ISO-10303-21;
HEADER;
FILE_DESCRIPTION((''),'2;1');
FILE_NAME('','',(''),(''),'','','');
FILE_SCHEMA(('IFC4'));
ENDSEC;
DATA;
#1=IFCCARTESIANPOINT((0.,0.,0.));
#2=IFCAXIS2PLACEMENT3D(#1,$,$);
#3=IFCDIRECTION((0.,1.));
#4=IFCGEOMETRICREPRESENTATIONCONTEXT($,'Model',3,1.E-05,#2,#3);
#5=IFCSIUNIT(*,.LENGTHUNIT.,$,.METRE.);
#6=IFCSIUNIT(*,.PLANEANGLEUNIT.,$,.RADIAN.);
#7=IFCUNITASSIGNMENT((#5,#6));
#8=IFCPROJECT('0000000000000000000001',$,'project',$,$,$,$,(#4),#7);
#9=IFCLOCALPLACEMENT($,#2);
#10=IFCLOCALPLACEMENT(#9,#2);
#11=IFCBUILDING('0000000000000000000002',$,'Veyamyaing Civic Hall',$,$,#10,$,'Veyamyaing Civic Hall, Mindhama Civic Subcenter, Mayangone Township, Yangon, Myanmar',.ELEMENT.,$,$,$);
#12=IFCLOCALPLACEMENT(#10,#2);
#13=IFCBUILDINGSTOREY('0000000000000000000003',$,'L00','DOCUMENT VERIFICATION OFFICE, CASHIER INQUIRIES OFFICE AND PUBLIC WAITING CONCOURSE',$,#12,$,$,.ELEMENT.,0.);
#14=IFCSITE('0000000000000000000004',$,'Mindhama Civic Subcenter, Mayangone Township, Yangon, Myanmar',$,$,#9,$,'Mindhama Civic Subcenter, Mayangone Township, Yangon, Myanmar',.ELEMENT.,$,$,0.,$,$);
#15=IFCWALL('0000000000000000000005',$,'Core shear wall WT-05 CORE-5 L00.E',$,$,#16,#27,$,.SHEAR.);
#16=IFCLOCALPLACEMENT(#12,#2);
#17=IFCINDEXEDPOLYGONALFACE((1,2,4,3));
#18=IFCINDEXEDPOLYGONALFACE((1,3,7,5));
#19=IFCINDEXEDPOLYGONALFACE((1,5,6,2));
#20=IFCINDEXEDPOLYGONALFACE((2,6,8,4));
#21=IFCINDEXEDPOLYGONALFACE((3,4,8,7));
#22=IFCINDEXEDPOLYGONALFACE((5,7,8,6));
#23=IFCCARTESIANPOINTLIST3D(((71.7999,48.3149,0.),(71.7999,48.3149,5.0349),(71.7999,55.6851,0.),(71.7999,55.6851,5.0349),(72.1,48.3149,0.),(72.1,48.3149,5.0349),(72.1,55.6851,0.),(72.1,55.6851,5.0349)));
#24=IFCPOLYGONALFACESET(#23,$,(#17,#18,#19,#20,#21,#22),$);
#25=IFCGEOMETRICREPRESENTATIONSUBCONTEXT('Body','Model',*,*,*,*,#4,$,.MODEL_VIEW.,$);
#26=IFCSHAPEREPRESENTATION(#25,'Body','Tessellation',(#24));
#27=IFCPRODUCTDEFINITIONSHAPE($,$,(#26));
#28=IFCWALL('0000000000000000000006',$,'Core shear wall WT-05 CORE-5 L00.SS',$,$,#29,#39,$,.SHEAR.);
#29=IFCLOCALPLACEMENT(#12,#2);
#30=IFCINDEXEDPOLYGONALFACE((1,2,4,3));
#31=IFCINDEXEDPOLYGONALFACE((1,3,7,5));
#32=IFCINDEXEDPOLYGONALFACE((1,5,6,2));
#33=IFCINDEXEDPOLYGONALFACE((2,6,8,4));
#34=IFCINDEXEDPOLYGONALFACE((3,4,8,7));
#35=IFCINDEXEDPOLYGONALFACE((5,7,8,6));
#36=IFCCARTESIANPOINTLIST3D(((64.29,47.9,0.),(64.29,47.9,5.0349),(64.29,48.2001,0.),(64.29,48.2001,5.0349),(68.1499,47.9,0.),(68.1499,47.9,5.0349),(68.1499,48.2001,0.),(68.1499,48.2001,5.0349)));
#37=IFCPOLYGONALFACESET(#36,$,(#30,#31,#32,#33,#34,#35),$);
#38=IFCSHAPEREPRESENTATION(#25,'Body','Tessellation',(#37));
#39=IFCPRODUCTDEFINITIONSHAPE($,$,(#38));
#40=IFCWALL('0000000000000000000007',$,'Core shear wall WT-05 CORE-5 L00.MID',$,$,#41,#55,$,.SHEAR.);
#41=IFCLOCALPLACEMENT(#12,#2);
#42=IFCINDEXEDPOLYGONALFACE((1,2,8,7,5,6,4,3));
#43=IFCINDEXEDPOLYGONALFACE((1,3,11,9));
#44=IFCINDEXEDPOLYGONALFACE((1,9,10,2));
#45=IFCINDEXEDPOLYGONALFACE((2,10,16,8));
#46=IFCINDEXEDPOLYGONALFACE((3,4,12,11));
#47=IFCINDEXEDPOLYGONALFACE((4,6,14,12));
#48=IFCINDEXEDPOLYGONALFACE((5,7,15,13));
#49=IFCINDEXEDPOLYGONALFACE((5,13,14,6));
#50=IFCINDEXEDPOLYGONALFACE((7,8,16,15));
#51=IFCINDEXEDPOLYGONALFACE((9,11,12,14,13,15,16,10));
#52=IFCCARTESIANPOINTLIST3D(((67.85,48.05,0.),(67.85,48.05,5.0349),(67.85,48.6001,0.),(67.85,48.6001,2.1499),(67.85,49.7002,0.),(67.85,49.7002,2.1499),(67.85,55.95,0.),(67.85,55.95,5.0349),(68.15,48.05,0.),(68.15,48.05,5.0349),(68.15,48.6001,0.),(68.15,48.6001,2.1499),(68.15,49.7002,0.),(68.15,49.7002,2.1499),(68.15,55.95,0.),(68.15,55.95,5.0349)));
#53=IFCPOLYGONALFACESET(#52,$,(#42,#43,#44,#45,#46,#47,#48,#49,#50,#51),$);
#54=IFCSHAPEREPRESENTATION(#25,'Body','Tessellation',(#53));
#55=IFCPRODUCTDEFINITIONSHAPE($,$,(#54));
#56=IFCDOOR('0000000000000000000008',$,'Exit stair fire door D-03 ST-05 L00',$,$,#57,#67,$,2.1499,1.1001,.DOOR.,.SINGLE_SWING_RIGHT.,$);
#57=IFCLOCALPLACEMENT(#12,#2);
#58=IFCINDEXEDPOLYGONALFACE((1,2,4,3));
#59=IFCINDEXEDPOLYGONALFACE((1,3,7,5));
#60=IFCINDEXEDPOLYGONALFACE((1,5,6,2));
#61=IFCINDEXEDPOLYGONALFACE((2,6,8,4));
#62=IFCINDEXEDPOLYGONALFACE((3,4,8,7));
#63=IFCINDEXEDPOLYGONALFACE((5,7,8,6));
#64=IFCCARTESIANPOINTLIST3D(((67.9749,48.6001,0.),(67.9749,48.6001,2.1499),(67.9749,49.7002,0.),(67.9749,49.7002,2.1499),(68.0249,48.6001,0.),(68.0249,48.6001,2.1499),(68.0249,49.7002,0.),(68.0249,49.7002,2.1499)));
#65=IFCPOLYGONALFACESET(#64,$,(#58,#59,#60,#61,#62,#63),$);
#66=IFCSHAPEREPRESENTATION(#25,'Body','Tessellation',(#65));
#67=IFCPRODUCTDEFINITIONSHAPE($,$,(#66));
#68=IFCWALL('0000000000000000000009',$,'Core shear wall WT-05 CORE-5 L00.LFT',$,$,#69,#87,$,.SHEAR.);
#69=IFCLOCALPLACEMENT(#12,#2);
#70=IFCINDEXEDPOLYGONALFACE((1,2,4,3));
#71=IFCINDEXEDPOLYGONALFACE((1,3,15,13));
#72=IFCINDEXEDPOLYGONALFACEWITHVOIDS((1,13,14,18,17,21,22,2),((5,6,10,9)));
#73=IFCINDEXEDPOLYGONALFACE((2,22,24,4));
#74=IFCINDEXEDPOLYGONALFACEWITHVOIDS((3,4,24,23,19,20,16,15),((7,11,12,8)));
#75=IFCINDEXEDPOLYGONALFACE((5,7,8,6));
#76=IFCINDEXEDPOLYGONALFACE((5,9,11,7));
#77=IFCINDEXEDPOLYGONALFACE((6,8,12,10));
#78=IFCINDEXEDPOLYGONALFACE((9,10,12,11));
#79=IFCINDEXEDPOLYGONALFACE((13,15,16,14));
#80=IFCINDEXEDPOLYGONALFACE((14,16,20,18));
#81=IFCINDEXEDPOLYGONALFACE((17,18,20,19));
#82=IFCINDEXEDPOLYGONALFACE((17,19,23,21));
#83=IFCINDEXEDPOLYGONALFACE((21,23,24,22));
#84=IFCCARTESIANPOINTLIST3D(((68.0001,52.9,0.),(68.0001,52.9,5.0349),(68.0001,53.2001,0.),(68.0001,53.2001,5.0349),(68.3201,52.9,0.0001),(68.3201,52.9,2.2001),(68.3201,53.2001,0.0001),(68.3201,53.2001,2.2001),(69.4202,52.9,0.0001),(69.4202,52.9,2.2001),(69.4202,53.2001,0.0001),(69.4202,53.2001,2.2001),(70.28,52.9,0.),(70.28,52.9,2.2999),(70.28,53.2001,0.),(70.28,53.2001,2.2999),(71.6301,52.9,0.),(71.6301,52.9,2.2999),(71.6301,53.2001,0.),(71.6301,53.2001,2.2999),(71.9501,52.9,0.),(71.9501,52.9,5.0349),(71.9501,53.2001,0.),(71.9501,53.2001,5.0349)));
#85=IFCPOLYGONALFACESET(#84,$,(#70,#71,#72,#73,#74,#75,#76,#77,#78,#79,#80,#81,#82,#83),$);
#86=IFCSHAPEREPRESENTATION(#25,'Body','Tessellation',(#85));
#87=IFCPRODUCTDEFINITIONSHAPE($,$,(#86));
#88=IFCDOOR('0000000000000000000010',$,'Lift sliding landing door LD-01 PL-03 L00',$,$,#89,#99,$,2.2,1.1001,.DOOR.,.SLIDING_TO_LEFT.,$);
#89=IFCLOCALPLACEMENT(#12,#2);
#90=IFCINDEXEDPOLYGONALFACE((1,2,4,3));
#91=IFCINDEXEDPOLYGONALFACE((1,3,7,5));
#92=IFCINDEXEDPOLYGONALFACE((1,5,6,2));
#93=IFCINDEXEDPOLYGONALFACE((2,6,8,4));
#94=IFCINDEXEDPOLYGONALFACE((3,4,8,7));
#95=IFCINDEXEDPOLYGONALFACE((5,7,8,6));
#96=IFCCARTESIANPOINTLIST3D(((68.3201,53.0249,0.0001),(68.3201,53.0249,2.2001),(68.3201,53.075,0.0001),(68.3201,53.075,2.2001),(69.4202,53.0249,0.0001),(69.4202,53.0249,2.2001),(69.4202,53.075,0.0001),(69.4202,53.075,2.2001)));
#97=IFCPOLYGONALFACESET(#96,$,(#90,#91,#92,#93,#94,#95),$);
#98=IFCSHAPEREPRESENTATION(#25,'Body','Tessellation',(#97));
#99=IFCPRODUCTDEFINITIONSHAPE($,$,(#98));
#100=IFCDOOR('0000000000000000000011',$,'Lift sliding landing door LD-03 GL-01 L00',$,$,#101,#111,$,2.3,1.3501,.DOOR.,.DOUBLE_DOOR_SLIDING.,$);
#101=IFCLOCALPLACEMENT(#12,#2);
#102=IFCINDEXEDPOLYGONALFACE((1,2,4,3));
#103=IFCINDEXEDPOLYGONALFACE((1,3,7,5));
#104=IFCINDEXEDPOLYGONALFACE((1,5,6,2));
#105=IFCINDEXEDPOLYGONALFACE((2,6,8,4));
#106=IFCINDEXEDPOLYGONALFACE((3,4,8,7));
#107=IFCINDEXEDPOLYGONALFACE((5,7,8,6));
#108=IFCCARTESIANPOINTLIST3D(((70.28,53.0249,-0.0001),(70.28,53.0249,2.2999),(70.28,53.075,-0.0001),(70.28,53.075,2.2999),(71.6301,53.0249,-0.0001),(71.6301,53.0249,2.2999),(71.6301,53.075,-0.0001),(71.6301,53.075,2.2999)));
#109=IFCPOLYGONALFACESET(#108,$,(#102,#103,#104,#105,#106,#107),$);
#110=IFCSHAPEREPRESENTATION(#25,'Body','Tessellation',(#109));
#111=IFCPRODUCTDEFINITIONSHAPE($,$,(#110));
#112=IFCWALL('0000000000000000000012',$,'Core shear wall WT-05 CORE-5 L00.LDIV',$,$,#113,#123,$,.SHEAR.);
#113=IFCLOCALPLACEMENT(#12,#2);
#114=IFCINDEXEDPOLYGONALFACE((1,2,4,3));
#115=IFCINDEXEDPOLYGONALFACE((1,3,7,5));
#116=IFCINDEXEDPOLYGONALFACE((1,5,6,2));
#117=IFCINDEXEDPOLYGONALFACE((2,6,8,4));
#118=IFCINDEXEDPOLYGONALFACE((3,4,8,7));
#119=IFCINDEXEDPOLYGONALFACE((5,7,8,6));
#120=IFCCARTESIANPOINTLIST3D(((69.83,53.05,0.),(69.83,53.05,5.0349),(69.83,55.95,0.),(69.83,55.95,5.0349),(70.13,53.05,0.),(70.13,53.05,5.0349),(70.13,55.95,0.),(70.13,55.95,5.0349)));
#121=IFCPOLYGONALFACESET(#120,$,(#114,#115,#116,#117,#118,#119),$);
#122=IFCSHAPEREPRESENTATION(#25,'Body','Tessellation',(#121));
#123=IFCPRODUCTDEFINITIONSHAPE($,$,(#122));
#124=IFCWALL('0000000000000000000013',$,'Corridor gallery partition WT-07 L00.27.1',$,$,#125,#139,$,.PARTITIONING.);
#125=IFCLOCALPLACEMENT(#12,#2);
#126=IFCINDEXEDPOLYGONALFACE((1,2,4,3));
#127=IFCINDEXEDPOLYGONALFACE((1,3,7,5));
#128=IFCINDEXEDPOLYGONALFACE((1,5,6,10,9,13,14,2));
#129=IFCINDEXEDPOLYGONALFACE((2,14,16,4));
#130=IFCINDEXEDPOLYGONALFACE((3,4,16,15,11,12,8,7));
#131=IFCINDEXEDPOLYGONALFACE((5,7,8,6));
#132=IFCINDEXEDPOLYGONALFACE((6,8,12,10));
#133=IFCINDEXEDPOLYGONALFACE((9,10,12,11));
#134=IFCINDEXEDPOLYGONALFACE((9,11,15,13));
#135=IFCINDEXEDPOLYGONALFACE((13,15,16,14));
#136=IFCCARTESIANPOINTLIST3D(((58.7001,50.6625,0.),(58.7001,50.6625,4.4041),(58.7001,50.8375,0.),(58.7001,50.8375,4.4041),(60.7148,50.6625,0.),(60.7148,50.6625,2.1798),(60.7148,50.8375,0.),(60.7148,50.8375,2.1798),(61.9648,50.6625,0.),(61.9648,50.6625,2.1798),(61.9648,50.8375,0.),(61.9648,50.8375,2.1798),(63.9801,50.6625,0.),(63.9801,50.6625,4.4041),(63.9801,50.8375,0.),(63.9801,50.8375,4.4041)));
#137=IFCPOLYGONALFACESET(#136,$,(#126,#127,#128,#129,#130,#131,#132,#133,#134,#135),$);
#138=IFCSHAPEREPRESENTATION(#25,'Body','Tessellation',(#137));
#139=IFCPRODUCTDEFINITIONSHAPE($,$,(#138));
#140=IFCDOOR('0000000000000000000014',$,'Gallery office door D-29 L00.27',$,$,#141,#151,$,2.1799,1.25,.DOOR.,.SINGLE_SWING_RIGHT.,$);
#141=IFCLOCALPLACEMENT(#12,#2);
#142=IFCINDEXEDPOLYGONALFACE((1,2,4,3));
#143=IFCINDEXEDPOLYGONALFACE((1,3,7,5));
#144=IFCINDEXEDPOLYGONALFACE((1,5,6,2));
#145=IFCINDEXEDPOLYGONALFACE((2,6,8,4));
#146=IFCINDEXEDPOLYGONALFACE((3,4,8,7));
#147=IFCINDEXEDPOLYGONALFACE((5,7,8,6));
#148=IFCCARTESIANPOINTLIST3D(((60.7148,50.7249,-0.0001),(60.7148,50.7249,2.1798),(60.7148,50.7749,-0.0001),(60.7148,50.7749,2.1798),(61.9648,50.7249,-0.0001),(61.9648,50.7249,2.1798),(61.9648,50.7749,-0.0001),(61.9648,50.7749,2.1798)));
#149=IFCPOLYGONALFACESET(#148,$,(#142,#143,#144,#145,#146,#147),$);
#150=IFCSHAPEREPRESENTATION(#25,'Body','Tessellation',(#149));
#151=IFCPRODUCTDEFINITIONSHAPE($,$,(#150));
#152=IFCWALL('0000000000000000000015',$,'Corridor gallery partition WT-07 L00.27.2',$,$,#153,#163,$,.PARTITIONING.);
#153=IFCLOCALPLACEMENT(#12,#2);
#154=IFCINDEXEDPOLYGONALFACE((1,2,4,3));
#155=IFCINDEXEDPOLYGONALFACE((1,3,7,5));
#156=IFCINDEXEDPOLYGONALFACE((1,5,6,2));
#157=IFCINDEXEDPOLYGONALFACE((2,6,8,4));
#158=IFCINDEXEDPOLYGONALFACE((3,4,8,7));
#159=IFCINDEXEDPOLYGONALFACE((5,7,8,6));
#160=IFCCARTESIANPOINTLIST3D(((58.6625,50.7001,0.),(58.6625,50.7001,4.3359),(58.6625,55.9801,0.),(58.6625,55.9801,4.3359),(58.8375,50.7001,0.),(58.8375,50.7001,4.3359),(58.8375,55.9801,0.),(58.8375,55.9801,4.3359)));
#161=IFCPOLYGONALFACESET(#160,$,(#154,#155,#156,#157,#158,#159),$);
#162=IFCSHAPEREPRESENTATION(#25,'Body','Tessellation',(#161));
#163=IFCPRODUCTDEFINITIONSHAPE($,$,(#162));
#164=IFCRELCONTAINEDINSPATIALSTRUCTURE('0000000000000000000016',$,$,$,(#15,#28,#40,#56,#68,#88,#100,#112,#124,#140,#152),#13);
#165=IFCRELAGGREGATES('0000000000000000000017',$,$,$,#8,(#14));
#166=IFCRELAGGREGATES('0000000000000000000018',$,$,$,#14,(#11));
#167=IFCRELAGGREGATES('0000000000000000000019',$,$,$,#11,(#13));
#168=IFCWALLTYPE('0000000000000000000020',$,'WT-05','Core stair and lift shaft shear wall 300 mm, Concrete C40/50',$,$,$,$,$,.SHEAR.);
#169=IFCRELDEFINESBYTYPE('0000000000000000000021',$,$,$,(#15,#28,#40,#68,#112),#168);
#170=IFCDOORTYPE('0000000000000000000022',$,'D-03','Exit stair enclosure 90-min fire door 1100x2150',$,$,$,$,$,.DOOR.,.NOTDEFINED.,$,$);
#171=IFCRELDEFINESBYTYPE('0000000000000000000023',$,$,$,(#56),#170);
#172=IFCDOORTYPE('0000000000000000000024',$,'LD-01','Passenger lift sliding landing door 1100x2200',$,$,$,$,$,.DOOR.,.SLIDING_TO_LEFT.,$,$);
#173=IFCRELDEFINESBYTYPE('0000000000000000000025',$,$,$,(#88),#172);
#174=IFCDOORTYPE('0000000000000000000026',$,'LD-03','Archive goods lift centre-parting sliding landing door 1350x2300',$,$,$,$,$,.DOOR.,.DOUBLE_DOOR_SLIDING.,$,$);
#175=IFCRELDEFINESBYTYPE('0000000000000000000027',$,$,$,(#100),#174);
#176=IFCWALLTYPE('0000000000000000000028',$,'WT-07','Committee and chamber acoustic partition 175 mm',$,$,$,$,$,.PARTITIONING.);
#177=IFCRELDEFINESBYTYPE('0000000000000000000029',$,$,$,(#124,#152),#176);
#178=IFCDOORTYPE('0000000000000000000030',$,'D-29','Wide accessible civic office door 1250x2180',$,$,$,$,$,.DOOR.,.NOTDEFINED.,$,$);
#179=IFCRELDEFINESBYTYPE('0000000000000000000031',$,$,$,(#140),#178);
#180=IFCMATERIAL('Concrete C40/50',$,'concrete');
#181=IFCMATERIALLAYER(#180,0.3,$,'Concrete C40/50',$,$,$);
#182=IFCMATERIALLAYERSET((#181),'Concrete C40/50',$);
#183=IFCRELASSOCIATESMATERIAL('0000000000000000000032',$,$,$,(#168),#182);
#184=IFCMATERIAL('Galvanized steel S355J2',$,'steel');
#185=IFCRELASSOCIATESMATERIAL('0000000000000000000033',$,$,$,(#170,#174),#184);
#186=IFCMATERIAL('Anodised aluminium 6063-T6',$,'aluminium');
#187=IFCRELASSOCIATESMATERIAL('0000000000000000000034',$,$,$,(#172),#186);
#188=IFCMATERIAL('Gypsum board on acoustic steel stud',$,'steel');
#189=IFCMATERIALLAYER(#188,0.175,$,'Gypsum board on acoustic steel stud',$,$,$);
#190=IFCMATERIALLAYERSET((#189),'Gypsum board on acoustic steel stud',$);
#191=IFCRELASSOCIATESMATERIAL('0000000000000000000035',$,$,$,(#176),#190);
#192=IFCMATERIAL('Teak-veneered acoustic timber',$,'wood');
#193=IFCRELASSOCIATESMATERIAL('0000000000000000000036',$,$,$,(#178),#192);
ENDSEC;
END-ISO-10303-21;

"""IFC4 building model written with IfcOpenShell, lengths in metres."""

from ifc_helpers import new_model, si_unit, direction, frame, frame_2d, origin, place, context, subcontext, project, spatial, rectangle, extrude, material, layer, layer_set, type_object, element, fill, save


model = new_model("IFC4")

# Units and contexts
model_context = context("Model", 3, precision=1e-05, world=origin(), true_north=direction((0.0, 1.0)))
body_context = subcontext(model_context, "Body", "Model", "MODEL_VIEW")
ifc_project = project(units=[si_unit("LENGTHUNIT", "METRE"), si_unit("PLANEANGLEUNIT", "RADIAN")], contexts=[model_context])

# Site, building, storey
site_placement = place(None, origin())
site = spatial("IfcSite", under=ifc_project, at=site_placement, Name="Mindhama Civic Subcenter, Mayangone Township, Yangon, Myanmar", LongName="Mindhama Civic Subcenter, Mayangone Township, Yangon, Myanmar", CompositionType="ELEMENT", RefElevation=0.0)
building_placement = place(site_placement, origin())
building = spatial("IfcBuilding", under=site, at=building_placement, Name="Veyamyaing Civic Hall", LongName="Veyamyaing Civic Hall, Mindhama Civic Subcenter, Mayangone Township, Yangon, Myanmar", CompositionType="ELEMENT")
storey_placement = place(building_placement, origin())
storey = spatial("IfcBuildingStorey", under=building, at=storey_placement, Name="L00", Description="DOCUMENT VERIFICATION OFFICE, CASHIER INQUIRIES OFFICE AND PUBLIC WAITING CONCOURSE", CompositionType="ELEMENT", Elevation=0.0)

# Walls
ifc_material_1 = material(Name="Concrete C40/50", Category="concrete")
ifc_layer_1 = layer(ifc_material_1, 0.3, Name="Concrete C40/50")
ifc_layer_set_1 = layer_set([ifc_layer_1], Name="Concrete C40/50")
wall_type_1 = type_object("IfcWallType", Name="WT-05", Description="Core stair and lift shaft shear wall 300 mm, Concrete C40/50", PredefinedType="SHEAR", material=ifc_layer_set_1)
wall_1_placement = place(storey_placement, frame((71.95, 48.3149, 0.0), z_axis=(0.0, 0.0, 1.0), x_axis=(0.0, 1.0, 0.0)))
element("IfcWall", 1, at=wall_1_placement, inside=storey, type_object=wall_type_1, Name="Core shear wall WT-05 CORE-5 L00.E", PredefinedType="SHEAR", context=body_context, shape_type="SweptSolid", body=[
    extrude(rectangle(XDim=7.3701, YDim=0.3, at=frame_2d((3.6851, 0.0))), origin(), (0.0, 0.0, 1.0), 5.0349),
])
wall_2_placement = place(storey_placement, frame((64.29, 48.05, 0.0), z_axis=(0.0, 0.0, 1.0), x_axis=(1.0, 0.0, 0.0)))
element("IfcWall", 2, at=wall_2_placement, inside=storey, type_object=wall_type_1, Name="Core shear wall WT-05 CORE-5 L00.SS", PredefinedType="SHEAR", context=body_context, shape_type="SweptSolid", body=[
    extrude(rectangle(XDim=3.8599, YDim=0.3, at=frame_2d((1.9299, 0.0))), origin(), (0.0, 0.0, 1.0), 5.0349),
])

# Wall, opening, door
wall_3_placement = place(storey_placement, frame((68.0, 48.05, 0.0), z_axis=(0.0, 0.0, 1.0), x_axis=(0.0, 1.0, 0.0)))
wall_3 = element("IfcWall", 3, at=wall_3_placement, inside=storey, type_object=wall_type_1, Name="Core shear wall WT-05 CORE-5 L00.MID", PredefinedType="SHEAR", context=body_context, shape_type="SweptSolid", body=[
    extrude(rectangle(XDim=7.8999, YDim=0.3, at=frame_2d((3.95, 0.0))), origin(), (0.0, 0.0, 1.0), 5.0349),
])
opening_1_placement = place(wall_3_placement, frame((0.55, 0.0, 0.0)))
opening_1 = element("IfcOpeningElement", 4, at=opening_1_placement, cuts=wall_3, PredefinedType="OPENING", context=body_context, shape_type="SweptSolid", body=[
    extrude(rectangle(XDim=1.1001, YDim=2.1499, at=frame_2d((0.55, 1.075))), frame((0.0, 0.1599, 0.0), z_axis=(0.0, -1.0, 0.0), x_axis=(1.0, 0.0, 0.0)), (0.0, 0.0, 1.0), 0.3201),
])
ifc_material_2 = material(Name="Galvanized steel S355J2", Category="steel")
door_type_1 = type_object("IfcDoorType", Name="D-03", Description="Exit stair enclosure 90-min fire door 1100x2150", OperationType="NOTDEFINED", PredefinedType="DOOR", material=ifc_material_2)
door_1_placement = place(opening_1_placement, frame((1.1001, 0.0, 0.0), z_axis=(0.0, 0.0, 1.0), x_axis=(-1.0, 0.0, 0.0)))
door_1 = element("IfcDoor", 5, at=door_1_placement, inside=storey, type_object=door_type_1, Name="Exit stair fire door D-03 ST-05 L00", OperationType="SINGLE_SWING_RIGHT", OverallHeight=2.1499, OverallWidth=1.1001, PredefinedType="DOOR", context=body_context, shape_type="SweptSolid", body=[
    extrude(rectangle(XDim=1.1001, YDim=2.1499, at=frame_2d((0.55, 1.075))), frame((0.0, 0.0249, 0.0), z_axis=(0.0, -1.0, 0.0), x_axis=(1.0, 0.0, 0.0)), (0.0, 0.0, 1.0), 0.05),
])
fill(opening_1, door_1)

# Wall, openings, doors
wall_4_placement = place(storey_placement, frame((68.0, 53.05, 0.0), z_axis=(0.0, 0.0, 1.0), x_axis=(1.0, 0.0, 0.0)))
wall_4 = element("IfcWall", 6, at=wall_4_placement, inside=storey, type_object=wall_type_1, Name="Core shear wall WT-05 CORE-5 L00.LFT", PredefinedType="SHEAR", context=body_context, shape_type="SweptSolid", body=[
    extrude(rectangle(XDim=3.95, YDim=0.3, at=frame_2d((1.9751, 0.0))), origin(), (0.0, 0.0, 1.0), 5.0349),
])
opening_2_placement = place(wall_4_placement, frame((0.3201, 0.0, 0.0)))
opening_2 = element("IfcOpeningElement", 7, at=opening_2_placement, cuts=wall_4, PredefinedType="OPENING", context=body_context, shape_type="SweptSolid", body=[
    extrude(rectangle(XDim=1.1001, YDim=2.2, at=frame_2d((0.55, 1.1001))), frame((0.0, 0.1599, 0.0), z_axis=(0.0, -1.0, 0.0), x_axis=(1.0, 0.0, 0.0)), (0.0, 0.0, 1.0), 0.3201),
])
opening_3_placement = place(wall_4_placement, frame((2.28, 0.0, 0.0)))
opening_3 = element("IfcOpeningElement", 8, at=opening_3_placement, cuts=wall_4, PredefinedType="OPENING", context=body_context, shape_type="SweptSolid", body=[
    extrude(rectangle(XDim=1.3501, YDim=2.3, at=frame_2d((0.675, 1.1499))), frame((0.0, 0.1599, 0.0), z_axis=(0.0, -1.0, 0.0), x_axis=(1.0, 0.0, 0.0)), (0.0, 0.0, 1.0), 0.3201),
])
ifc_material_3 = material(Name="Anodised aluminium 6063-T6", Category="aluminium")
door_type_2 = type_object("IfcDoorType", Name="LD-01", Description="Passenger lift sliding landing door 1100x2200", OperationType="SLIDING_TO_LEFT", PredefinedType="DOOR", material=ifc_material_3)
door_2_placement = place(opening_2_placement, origin())
door_2 = element("IfcDoor", 9, at=door_2_placement, inside=storey, type_object=door_type_2, Name="Lift sliding landing door LD-01 PL-03 L00", OperationType="SLIDING_TO_LEFT", OverallHeight=2.2, OverallWidth=1.1001, PredefinedType="DOOR", context=body_context, shape_type="SweptSolid", body=[
    extrude(rectangle(XDim=1.1001, YDim=2.2, at=frame_2d((0.55, 1.1001))), frame((0.0, 0.0249, 0.0), z_axis=(0.0, -1.0, 0.0), x_axis=(1.0, 0.0, 0.0)), (0.0, 0.0, 1.0), 0.05),
])
fill(opening_2, door_2)
door_type_3 = type_object("IfcDoorType", Name="LD-03", Description="Archive goods lift centre-parting sliding landing door 1350x2300", OperationType="DOUBLE_DOOR_SLIDING", PredefinedType="DOOR", material=ifc_material_2)
door_3_placement = place(opening_3_placement, origin())
door_3 = element("IfcDoor", 10, at=door_3_placement, inside=storey, type_object=door_type_3, Name="Lift sliding landing door LD-03 GL-01 L00", OperationType="DOUBLE_DOOR_SLIDING", OverallHeight=2.3, OverallWidth=1.3501, PredefinedType="DOOR", context=body_context, shape_type="SweptSolid", body=[
    extrude(rectangle(XDim=1.3501, YDim=2.3, at=frame_2d((0.675, 1.1499))), frame((0.0, 0.0249, 0.0), z_axis=(0.0, -1.0, 0.0), x_axis=(1.0, 0.0, 0.0)), (0.0, 0.0, 1.0), 0.05),
])
fill(opening_3, door_3)

# Wall
wall_5_placement = place(storey_placement, frame((69.98, 53.05, 0.0), z_axis=(0.0, 0.0, 1.0), x_axis=(0.0, 1.0, 0.0)))
element("IfcWall", 11, at=wall_5_placement, inside=storey, type_object=wall_type_1, Name="Core shear wall WT-05 CORE-5 L00.LDIV", PredefinedType="SHEAR", context=body_context, shape_type="SweptSolid", body=[
    extrude(rectangle(XDim=2.8999, YDim=0.3, at=frame_2d((1.45, 0.0))), origin(), (0.0, 0.0, 1.0), 5.0349),
])

# Wall, opening, door
ifc_material_4 = material(Name="Gypsum board on acoustic steel stud", Category="steel")
ifc_layer_2 = layer(ifc_material_4, 0.175, Name="Gypsum board on acoustic steel stud")
ifc_layer_set_2 = layer_set([ifc_layer_2], Name="Gypsum board on acoustic steel stud")
wall_type_2 = type_object("IfcWallType", Name="WT-07", Description="Committee and chamber acoustic partition 175 mm", PredefinedType="PARTITIONING", material=ifc_layer_set_2)
wall_6_placement = place(storey_placement, frame((58.7, 50.75, 0.0), z_axis=(0.0, 0.0, 1.0), x_axis=(1.0, 0.0, 0.0)))
wall_6 = element("IfcWall", 12, at=wall_6_placement, inside=storey, type_object=wall_type_2, Name="Corridor gallery partition WT-07 L00.27.1", PredefinedType="PARTITIONING", context=body_context, shape_type="SweptSolid", body=[
    extrude(rectangle(XDim=5.28, YDim=0.175, at=frame_2d((2.6401, 0.0))), origin(), (0.0, 0.0, 1.0), 4.4041),
])
opening_4_placement = place(wall_6_placement, frame((2.0149, 0.0, 0.0)))
opening_4 = element("IfcOpeningElement", 13, at=opening_4_placement, cuts=wall_6, PredefinedType="OPENING", context=body_context, shape_type="SweptSolid", body=[
    extrude(rectangle(XDim=1.25, YDim=2.1799, at=frame_2d((0.625, 1.0898))), frame((0.0, 0.0974, 0.0), z_axis=(0.0, -1.0, 0.0), x_axis=(1.0, 0.0, 0.0)), (0.0, 0.0, 1.0), 0.1951),
])
ifc_material_5 = material(Name="Teak-veneered acoustic timber", Category="wood")
door_type_4 = type_object("IfcDoorType", Name="D-29", Description="Wide accessible civic office door 1250x2180", OperationType="NOTDEFINED", PredefinedType="DOOR", material=ifc_material_5)
door_4_placement = place(opening_4_placement, origin())
door_4 = element("IfcDoor", 14, at=door_4_placement, inside=storey, type_object=door_type_4, Name="Gallery office door D-29 L00.27", OperationType="SINGLE_SWING_RIGHT", OverallHeight=2.1799, OverallWidth=1.25, PredefinedType="DOOR", context=body_context, shape_type="SweptSolid", body=[
    extrude(rectangle(XDim=1.25, YDim=2.1799, at=frame_2d((0.625, 1.0898))), frame((0.0, 0.0249, 0.0), z_axis=(0.0, -1.0, 0.0), x_axis=(1.0, 0.0, 0.0)), (0.0, 0.0, 1.0), 0.05),
])
fill(opening_4, door_4)

# Wall
wall_7_placement = place(storey_placement, frame((58.75, 50.7, 0.0), z_axis=(0.0, 0.0, 1.0), x_axis=(0.0, 1.0, 0.0)))
element("IfcWall", 15, at=wall_7_placement, inside=storey, type_object=wall_type_2, Name="Corridor gallery partition WT-07 L00.27.2", PredefinedType="PARTITIONING", context=body_context, shape_type="SweptSolid", body=[
    extrude(rectangle(XDim=5.28, YDim=0.175, at=frame_2d((2.6401, 0.0))), origin(), (0.0, 0.0, 1.0), 4.3359),
])

save(model, "model.ifc")
